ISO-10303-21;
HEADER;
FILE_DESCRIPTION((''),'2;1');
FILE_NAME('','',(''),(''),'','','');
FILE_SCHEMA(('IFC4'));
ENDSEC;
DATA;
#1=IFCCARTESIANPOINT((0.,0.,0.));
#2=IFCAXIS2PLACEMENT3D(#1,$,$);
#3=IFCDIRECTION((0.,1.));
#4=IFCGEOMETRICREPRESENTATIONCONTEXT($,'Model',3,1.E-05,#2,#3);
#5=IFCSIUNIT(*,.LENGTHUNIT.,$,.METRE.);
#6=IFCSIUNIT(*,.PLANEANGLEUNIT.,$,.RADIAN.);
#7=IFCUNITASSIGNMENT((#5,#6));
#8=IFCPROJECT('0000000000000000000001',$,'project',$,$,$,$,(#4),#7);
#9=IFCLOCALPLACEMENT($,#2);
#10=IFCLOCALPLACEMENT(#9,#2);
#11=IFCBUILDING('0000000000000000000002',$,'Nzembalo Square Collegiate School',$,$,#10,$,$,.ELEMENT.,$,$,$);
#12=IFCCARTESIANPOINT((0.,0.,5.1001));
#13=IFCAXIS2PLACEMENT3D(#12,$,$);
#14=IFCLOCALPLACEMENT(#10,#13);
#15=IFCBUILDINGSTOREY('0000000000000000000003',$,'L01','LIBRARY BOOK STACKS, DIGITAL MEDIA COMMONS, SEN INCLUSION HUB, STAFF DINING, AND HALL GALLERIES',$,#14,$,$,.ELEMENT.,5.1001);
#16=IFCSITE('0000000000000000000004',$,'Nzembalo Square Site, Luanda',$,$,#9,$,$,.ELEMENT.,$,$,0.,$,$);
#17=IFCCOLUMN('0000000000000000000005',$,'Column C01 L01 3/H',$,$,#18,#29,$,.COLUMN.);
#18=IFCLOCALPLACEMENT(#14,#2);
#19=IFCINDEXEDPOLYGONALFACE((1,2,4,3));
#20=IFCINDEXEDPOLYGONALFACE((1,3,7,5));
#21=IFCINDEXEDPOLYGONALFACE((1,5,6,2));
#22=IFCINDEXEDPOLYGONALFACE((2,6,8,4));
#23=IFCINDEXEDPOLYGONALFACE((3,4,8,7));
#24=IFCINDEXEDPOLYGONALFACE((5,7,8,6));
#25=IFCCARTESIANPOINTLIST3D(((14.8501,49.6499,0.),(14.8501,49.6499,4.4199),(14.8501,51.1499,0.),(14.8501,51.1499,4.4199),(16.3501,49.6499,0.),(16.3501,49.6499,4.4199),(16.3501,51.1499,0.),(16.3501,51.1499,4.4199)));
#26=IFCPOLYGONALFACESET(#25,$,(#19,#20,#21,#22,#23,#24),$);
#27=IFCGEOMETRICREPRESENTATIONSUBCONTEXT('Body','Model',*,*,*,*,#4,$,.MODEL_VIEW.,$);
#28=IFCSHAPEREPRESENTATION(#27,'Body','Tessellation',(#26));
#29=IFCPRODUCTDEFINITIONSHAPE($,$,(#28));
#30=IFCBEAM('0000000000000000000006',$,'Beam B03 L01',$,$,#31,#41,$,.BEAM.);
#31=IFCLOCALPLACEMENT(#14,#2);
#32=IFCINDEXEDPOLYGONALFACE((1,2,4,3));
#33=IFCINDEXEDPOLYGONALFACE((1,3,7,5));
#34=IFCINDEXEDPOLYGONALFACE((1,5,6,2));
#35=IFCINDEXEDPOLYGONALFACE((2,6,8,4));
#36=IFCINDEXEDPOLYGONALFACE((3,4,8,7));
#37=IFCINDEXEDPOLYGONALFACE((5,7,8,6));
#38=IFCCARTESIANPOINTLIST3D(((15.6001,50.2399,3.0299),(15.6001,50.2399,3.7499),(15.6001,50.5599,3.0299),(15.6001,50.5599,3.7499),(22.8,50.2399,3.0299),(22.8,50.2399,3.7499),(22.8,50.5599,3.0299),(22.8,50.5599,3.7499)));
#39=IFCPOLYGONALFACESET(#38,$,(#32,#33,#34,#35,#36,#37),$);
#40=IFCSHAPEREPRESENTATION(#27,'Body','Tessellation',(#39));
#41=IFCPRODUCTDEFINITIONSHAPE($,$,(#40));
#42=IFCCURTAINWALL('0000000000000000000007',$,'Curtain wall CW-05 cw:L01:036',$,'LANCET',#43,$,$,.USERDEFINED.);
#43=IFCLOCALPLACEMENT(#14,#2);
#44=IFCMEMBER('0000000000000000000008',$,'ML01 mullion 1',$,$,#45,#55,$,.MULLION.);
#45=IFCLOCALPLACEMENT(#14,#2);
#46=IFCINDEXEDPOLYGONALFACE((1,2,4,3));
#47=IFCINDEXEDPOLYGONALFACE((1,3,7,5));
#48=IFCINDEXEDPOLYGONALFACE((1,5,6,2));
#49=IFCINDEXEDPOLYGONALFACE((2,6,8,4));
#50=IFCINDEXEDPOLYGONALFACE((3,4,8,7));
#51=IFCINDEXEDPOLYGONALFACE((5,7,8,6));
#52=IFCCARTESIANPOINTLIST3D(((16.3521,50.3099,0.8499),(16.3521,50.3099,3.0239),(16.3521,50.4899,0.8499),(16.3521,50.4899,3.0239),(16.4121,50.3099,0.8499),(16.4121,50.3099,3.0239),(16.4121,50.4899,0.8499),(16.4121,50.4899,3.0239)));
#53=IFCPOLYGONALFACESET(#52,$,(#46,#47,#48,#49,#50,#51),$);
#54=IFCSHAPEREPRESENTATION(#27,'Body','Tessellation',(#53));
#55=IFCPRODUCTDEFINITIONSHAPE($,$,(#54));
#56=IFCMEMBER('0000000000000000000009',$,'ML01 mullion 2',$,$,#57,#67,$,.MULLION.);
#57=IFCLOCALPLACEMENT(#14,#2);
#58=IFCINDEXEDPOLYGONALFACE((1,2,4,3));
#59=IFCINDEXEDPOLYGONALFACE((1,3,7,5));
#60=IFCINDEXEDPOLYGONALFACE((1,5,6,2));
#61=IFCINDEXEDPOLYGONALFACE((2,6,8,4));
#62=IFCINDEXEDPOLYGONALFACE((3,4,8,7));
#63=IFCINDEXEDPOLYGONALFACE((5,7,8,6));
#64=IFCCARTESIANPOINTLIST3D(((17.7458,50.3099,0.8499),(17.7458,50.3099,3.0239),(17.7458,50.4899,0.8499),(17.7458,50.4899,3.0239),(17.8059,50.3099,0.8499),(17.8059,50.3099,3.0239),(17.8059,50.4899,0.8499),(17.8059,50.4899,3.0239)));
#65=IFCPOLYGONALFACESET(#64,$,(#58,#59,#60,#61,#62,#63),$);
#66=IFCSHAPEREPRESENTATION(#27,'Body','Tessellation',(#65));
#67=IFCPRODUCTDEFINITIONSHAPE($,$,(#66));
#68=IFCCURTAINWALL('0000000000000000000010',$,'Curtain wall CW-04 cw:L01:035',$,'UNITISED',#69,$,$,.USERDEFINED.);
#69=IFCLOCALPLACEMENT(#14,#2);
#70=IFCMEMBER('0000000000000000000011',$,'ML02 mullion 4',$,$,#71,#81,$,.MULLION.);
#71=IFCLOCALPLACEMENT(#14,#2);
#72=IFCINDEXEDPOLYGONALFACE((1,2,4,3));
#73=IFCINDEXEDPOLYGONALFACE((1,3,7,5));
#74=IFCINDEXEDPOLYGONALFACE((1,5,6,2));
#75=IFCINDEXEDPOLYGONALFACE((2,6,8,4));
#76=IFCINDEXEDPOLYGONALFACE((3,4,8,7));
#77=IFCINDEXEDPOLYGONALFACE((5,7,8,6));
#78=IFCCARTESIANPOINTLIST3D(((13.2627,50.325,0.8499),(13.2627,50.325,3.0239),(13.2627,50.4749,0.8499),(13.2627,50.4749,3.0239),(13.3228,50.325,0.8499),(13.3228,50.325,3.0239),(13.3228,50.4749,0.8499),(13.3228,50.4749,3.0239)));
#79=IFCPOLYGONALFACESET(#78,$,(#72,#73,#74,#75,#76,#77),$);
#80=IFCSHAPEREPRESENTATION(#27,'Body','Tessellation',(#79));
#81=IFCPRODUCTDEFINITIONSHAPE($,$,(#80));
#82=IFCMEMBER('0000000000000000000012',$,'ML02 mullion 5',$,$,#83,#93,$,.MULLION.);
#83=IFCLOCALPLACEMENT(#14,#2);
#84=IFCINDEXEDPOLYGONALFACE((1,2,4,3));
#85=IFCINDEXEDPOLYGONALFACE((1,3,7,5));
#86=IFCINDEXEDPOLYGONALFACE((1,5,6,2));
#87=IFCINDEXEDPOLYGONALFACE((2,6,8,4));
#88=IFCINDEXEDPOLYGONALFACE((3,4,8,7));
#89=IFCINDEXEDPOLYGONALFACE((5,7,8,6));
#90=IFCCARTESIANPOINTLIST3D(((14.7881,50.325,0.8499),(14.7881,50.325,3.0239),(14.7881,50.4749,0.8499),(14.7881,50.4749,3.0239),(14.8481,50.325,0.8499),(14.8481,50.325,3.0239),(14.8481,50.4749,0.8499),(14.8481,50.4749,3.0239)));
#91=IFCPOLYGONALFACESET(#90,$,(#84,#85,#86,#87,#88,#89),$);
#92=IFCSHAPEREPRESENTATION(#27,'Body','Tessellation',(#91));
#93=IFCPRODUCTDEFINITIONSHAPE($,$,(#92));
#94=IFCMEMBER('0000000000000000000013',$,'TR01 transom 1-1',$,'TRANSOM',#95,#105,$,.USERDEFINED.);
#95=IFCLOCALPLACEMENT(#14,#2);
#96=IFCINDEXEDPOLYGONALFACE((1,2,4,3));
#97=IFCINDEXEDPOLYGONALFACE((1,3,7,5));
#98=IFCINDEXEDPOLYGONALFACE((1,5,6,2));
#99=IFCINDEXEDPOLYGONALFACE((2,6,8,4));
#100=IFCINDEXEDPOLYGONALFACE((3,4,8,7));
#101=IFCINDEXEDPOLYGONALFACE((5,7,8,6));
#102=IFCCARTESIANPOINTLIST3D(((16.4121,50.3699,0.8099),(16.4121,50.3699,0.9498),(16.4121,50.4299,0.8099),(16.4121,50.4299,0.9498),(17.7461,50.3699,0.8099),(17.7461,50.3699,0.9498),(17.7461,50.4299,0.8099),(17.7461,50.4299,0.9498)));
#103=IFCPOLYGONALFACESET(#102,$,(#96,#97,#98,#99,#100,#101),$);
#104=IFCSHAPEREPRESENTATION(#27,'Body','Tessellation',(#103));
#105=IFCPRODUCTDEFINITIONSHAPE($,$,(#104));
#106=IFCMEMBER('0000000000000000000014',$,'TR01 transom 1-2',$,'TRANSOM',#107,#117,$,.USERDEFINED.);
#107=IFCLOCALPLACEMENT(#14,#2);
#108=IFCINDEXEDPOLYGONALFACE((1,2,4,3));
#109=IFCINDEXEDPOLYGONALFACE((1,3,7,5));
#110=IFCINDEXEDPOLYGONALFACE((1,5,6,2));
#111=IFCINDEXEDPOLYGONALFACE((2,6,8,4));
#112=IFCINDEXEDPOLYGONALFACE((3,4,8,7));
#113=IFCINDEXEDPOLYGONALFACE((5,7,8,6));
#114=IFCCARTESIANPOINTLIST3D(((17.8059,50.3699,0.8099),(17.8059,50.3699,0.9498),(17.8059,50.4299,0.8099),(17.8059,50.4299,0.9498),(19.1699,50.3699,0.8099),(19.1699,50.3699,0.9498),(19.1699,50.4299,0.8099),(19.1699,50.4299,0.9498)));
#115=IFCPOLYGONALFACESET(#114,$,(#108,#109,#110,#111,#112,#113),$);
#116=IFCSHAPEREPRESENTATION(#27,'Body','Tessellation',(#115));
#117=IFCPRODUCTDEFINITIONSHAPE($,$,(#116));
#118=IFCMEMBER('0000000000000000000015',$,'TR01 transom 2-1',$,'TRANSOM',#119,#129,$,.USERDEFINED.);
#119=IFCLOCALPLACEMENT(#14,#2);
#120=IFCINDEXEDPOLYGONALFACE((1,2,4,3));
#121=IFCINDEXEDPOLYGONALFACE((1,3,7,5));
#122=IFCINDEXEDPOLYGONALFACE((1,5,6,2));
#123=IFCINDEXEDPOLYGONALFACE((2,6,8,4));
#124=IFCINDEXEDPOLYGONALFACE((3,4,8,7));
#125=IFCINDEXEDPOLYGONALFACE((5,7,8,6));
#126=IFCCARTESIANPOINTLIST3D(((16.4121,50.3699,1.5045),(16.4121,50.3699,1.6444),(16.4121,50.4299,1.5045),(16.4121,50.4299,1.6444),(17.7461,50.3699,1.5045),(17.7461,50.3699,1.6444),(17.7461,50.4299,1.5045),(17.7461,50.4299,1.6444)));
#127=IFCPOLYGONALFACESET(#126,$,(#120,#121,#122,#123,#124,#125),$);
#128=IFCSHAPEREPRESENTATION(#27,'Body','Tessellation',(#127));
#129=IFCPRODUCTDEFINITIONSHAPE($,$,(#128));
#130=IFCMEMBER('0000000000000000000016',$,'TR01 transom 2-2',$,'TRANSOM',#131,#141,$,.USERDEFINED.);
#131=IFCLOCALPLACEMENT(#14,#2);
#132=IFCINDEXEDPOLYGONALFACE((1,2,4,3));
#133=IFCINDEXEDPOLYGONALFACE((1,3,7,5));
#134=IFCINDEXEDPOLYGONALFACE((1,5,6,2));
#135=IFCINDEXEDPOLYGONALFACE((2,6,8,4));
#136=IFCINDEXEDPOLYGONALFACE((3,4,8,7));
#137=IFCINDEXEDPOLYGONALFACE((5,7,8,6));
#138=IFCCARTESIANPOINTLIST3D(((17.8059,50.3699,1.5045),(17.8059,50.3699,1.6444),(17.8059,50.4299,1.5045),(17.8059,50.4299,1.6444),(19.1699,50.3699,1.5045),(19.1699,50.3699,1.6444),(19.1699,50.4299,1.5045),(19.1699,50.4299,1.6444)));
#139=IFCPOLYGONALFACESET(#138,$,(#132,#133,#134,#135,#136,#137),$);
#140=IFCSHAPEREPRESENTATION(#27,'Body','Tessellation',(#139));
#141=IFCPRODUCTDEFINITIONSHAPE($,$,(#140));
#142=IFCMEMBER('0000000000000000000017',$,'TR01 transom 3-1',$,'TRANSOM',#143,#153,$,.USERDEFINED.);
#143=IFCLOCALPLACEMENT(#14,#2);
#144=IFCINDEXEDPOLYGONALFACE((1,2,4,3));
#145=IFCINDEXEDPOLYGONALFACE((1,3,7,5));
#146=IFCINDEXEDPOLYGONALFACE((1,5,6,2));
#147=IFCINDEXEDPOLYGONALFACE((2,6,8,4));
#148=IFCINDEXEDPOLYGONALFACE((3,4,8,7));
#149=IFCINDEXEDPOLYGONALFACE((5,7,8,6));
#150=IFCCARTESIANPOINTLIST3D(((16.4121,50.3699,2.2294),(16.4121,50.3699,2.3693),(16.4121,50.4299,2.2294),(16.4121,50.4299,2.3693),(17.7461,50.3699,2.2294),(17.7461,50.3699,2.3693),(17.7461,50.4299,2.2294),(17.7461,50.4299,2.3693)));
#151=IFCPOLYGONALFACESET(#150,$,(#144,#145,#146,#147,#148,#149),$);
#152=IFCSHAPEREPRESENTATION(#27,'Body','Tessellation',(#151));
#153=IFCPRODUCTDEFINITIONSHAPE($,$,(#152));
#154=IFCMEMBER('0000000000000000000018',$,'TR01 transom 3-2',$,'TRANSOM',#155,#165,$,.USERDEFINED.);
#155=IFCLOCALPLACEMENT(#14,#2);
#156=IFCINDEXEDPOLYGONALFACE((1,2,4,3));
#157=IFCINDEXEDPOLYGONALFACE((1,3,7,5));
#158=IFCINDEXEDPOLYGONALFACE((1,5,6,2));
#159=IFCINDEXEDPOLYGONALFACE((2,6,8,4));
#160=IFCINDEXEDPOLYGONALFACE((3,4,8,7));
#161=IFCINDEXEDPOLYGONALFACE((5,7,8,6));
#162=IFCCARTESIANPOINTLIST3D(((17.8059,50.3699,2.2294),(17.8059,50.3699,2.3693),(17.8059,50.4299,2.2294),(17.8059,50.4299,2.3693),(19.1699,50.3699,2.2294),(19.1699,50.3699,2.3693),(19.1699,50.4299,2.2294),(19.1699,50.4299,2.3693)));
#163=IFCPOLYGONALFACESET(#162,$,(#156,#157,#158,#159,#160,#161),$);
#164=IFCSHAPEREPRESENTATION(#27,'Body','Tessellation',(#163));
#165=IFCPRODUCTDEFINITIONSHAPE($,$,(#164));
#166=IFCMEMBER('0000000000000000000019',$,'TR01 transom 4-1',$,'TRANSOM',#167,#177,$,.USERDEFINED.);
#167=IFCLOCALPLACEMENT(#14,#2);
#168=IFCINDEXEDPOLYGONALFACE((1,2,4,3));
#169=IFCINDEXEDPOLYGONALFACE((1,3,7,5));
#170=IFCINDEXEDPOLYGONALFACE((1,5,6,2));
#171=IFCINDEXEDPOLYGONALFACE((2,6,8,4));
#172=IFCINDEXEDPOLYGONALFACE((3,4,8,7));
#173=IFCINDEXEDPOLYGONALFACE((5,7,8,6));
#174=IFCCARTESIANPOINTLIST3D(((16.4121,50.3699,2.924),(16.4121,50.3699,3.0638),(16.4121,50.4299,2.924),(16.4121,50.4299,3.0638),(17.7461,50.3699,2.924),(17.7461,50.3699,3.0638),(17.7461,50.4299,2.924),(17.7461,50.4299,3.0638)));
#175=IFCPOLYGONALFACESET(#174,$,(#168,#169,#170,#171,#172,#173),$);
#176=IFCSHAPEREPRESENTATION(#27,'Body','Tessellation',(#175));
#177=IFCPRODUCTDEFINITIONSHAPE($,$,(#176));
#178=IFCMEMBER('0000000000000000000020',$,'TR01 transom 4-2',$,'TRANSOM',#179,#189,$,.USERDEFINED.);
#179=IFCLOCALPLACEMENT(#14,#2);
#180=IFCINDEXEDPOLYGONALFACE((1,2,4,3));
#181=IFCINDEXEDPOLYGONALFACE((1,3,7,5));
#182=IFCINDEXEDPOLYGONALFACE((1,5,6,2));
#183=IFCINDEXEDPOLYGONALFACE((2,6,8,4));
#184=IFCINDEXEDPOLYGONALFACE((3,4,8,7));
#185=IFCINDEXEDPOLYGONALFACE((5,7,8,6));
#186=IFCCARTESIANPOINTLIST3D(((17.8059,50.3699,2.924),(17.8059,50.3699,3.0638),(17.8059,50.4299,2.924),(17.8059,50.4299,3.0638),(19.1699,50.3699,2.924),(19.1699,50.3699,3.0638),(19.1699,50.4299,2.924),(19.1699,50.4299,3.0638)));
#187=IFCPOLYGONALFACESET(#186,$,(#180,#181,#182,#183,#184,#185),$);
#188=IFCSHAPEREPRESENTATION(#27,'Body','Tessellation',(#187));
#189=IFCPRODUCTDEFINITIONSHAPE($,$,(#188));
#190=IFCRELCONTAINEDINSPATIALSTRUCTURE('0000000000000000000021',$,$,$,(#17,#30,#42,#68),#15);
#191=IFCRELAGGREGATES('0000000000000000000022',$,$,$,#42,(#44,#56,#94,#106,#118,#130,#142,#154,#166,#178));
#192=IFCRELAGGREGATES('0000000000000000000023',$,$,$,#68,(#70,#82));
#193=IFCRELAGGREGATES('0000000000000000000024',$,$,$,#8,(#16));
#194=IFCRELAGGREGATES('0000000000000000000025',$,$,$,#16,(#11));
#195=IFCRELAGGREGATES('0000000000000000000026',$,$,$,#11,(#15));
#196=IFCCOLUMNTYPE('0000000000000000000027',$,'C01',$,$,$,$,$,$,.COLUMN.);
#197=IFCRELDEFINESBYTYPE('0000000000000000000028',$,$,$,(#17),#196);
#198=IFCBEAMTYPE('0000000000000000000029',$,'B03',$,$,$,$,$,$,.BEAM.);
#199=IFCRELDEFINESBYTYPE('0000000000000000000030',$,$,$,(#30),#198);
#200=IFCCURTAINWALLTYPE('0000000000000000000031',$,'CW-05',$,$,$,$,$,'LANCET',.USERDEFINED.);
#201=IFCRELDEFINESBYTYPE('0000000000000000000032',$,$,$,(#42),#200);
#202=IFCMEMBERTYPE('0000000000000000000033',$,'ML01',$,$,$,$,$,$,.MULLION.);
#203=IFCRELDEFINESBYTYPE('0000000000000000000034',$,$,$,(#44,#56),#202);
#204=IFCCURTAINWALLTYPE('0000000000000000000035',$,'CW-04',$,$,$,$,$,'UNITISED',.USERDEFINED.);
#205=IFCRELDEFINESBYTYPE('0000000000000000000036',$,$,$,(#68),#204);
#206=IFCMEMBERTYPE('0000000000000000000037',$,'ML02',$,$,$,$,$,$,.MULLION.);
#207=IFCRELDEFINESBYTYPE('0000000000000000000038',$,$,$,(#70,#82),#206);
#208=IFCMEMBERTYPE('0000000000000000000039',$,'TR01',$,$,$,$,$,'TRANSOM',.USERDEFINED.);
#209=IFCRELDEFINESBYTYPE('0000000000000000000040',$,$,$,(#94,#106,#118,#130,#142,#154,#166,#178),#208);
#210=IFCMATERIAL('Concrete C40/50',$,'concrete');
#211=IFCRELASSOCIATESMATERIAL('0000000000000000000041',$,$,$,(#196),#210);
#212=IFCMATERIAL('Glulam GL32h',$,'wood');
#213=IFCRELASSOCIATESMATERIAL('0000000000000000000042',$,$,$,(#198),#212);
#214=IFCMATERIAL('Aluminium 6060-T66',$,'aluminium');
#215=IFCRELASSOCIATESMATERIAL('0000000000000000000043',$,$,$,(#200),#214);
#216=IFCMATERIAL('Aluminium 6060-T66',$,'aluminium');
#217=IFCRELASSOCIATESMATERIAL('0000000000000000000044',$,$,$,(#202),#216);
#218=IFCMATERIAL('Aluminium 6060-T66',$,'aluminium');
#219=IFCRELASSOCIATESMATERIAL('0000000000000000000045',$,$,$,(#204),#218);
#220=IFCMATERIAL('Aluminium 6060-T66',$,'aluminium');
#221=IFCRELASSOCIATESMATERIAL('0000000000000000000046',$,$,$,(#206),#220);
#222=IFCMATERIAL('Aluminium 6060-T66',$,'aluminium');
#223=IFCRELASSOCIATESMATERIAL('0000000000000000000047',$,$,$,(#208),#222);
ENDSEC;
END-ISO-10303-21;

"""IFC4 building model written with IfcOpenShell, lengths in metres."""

from ifc_helpers import new_model, si_unit, direction, frame, origin, origin_2d, place, context, subcontext, project, spatial, rectangle, extrude, material, material_profile, profile_set, type_object, element, aggregate, save


model = new_model("IFC4")

# Units and contexts
model_context = context("Model", 3, precision=1e-05, world=origin(), true_north=direction((0.0, 1.0)))
body_context = subcontext(model_context, "Body", "Model", "MODEL_VIEW")
ifc_project = project(units=[si_unit("LENGTHUNIT", "METRE"), si_unit("PLANEANGLEUNIT", "RADIAN")], contexts=[model_context])

# Site, building, storey
site_placement = place(None, origin())
site = spatial("IfcSite", under=ifc_project, at=site_placement, Name="Nzembalo Square Site, Luanda", CompositionType="ELEMENT", RefElevation=0.0)
building_placement = place(site_placement, origin())
building = spatial("IfcBuilding", under=site, at=building_placement, Name="Nzembalo Square Collegiate School", CompositionType="ELEMENT")
storey_placement = place(building_placement, frame((0.0, 0.0, 5.1001)))
storey = spatial("IfcBuildingStorey", under=building, at=storey_placement, Name="L01", Description="LIBRARY BOOK STACKS, DIGITAL MEDIA COMMONS, SEN INCLUSION HUB, STAFF DINING, AND HALL GALLERIES", CompositionType="ELEMENT", Elevation=5.1001)

# Column
ifc_material_1 = material(Name="Concrete C40/50", Category="concrete")
ifc_material_profile_1 = material_profile(ifc_material_1, rectangle(XDim=1.5, YDim=1.5, at=origin_2d()), Name="RC 1500x1500")
ifc_profile_set_1 = profile_set([ifc_material_profile_1], Name="Concrete C40/50")
column_type = type_object("IfcColumnType", Name="C01", PredefinedType="COLUMN", material=ifc_profile_set_1)
column_placement = place(storey_placement, frame((15.6001, 50.3999, 0.0), z_axis=(0.0, 0.0, 1.0), x_axis=(1.0, 0.0, 0.0)))
element("IfcColumn", 1, at=column_placement, inside=storey, type_object=column_type, Name="Column C01 L01 3/H", PredefinedType="COLUMN", context=body_context, shape_type="SweptSolid", body=[
    extrude(rectangle(XDim=1.5, YDim=1.5, at=origin_2d()), origin(), (0.0, 0.0, 1.0), 4.4199),
])

# Beam
ifc_material_2 = material(Name="Glulam GL32h", Category="wood")
ifc_material_profile_2 = material_profile(ifc_material_2, rectangle(XDim=0.3201, YDim=0.72, at=origin_2d()), Name="GL32h 320x720")
ifc_profile_set_2 = profile_set([ifc_material_profile_2], Name="Glulam GL32h")
beam_type = type_object("IfcBeamType", Name="B03", PredefinedType="BEAM", material=ifc_profile_set_2)
beam_placement = place(storey_placement, frame((15.6001, 50.3999, 3.3899), z_axis=(1.0, 0.0, 0.0), x_axis=(0.0, 1.0, 0.0)))
element("IfcBeam", 2, at=beam_placement, inside=storey, type_object=beam_type, Name="Beam B03 L01", PredefinedType="BEAM", context=body_context, shape_type="SweptSolid", body=[
    extrude(rectangle(XDim=0.3201, YDim=0.72, at=origin_2d()), origin(), (0.0, 0.0, 1.0), 7.2),
])

# Curtain walls, members
ifc_material_3 = material(Name="Aluminium 6060-T66", Category="aluminium")
curtain_wall_type_1 = type_object("IfcCurtainWallType", Name="CW-05", ElementType="LANCET", PredefinedType="USERDEFINED", material=ifc_material_3)
curtain_wall_1_placement = place(storey_placement, origin())
curtain_wall_1 = element("IfcCurtainWall", 3, at=curtain_wall_1_placement, inside=storey, type_object=curtain_wall_type_1, Name="Curtain wall CW-05 cw:L01:036", ObjectType="LANCET", PredefinedType="USERDEFINED")
ifc_material_4 = material(Name="Aluminium 6060-T66", Category="aluminium")
ifc_material_profile_3 = material_profile(ifc_material_4, rectangle(XDim=0.0601, YDim=0.1799, at=origin_2d()), Name="ALU M60x180")
ifc_profile_set_3 = profile_set([ifc_material_profile_3], Name="Aluminium 6060-T66")
member_type_1 = type_object("IfcMemberType", Name="ML01", PredefinedType="MULLION", material=ifc_profile_set_3)
member_1_placement = place(storey_placement, frame((16.3821, 50.3999, 0.8499), z_axis=(0.0, 0.0, 1.0), x_axis=(1.0, 0.0, 0.0)))
member_1 = element("IfcMember", 4, at=member_1_placement, type_object=member_type_1, Name="ML01 mullion 1", PredefinedType="MULLION", context=body_context, shape_type="SweptSolid", body=[
    extrude(rectangle(XDim=0.0601, YDim=0.1799, at=origin_2d()), origin(), (0.0, 0.0, 1.0), 2.1741),
])
member_2_placement = place(storey_placement, frame((17.7759, 50.3999, 0.8499), z_axis=(0.0, 0.0, 1.0), x_axis=(1.0, 0.0, 0.0)))
member_2 = element("IfcMember", 5, at=member_2_placement, type_object=member_type_1, Name="ML01 mullion 2", PredefinedType="MULLION", context=body_context, shape_type="SweptSolid", body=[
    extrude(rectangle(XDim=0.0601, YDim=0.1799, at=origin_2d()), origin(), (0.0, 0.0, 1.0), 2.1741),
])
ifc_material_5 = material(Name="Aluminium 6060-T66", Category="aluminium")
curtain_wall_type_2 = type_object("IfcCurtainWallType", Name="CW-04", ElementType="UNITISED", PredefinedType="USERDEFINED", material=ifc_material_5)
curtain_wall_2_placement = place(storey_placement, origin())
curtain_wall_2 = element("IfcCurtainWall", 6, at=curtain_wall_2_placement, inside=storey, type_object=curtain_wall_type_2, Name="Curtain wall CW-04 cw:L01:035", ObjectType="UNITISED", PredefinedType="USERDEFINED")
ifc_material_6 = material(Name="Aluminium 6060-T66", Category="aluminium")
ifc_material_profile_4 = material_profile(ifc_material_6, rectangle(XDim=0.0601, YDim=0.1499, at=origin_2d()), Name="ALU M60x150")
ifc_profile_set_4 = profile_set([ifc_material_profile_4], Name="Aluminium 6060-T66")
member_type_2 = type_object("IfcMemberType", Name="ML02", PredefinedType="MULLION", material=ifc_profile_set_4)
member_3_placement = place(storey_placement, frame((13.2927, 50.3999, 0.8499), z_axis=(0.0, 0.0, 1.0), x_axis=(1.0, 0.0, 0.0)))
member_3 = element("IfcMember", 7, at=member_3_placement, type_object=member_type_2, Name="ML02 mullion 4", PredefinedType="MULLION", context=body_context, shape_type="SweptSolid", body=[
    extrude(rectangle(XDim=0.0601, YDim=0.1499, at=origin_2d()), origin(), (0.0, 0.0, 1.0), 2.1741),
])
member_4_placement = place(storey_placement, frame((14.8181, 50.3999, 0.8499), z_axis=(0.0, 0.0, 1.0), x_axis=(1.0, 0.0, 0.0)))
member_4 = element("IfcMember", 8, at=member_4_placement, type_object=member_type_2, Name="ML02 mullion 5", PredefinedType="MULLION", context=body_context, shape_type="SweptSolid", body=[
    extrude(rectangle(XDim=0.0601, YDim=0.1499, at=origin_2d()), origin(), (0.0, 0.0, 1.0), 2.1741),
])

# Members
ifc_material_7 = material(Name="Aluminium 6060-T66", Category="aluminium")
ifc_material_profile_5 = material_profile(ifc_material_7, rectangle(XDim=0.0601, YDim=0.1399, at=origin_2d()), Name="ALU T60x140")
ifc_profile_set_5 = profile_set([ifc_material_profile_5], Name="Aluminium 6060-T66")
member_type_3 = type_object("IfcMemberType", Name="TR01", ElementType="TRANSOM", PredefinedType="USERDEFINED", material=ifc_profile_set_5)
member_5_placement = place(storey_placement, frame((16.4121, 50.3999, 0.8799), z_axis=(1.0, 0.0, 0.0), x_axis=(0.0, 1.0, 0.0)))
member_5 = element("IfcMember", 9, at=member_5_placement, type_object=member_type_3, Name="TR01 transom 1-1", ObjectType="TRANSOM", PredefinedType="USERDEFINED", context=body_context, shape_type="SweptSolid", body=[
    extrude(rectangle(XDim=0.0601, YDim=0.1399, at=origin_2d()), origin(), (0.0, 0.0, 1.0), 1.334),
])
member_6_placement = place(storey_placement, frame((17.8059, 50.3999, 0.8799), z_axis=(1.0, 0.0, 0.0), x_axis=(0.0, 1.0, 0.0)))
member_6 = element("IfcMember", 10, at=member_6_placement, type_object=member_type_3, Name="TR01 transom 1-2", ObjectType="TRANSOM", PredefinedType="USERDEFINED", context=body_context, shape_type="SweptSolid", body=[
    extrude(rectangle(XDim=0.0601, YDim=0.1399, at=origin_2d()), origin(), (0.0, 0.0, 1.0), 1.364),
])
member_7_placement = place(storey_placement, frame((16.4121, 50.3999, 1.5745), z_axis=(1.0, 0.0, 0.0), x_axis=(0.0, 1.0, 0.0)))
member_7 = element("IfcMember", 11, at=member_7_placement, type_object=member_type_3, Name="TR01 transom 2-1", ObjectType="TRANSOM", PredefinedType="USERDEFINED", context=body_context, shape_type="SweptSolid", body=[
    extrude(rectangle(XDim=0.0601, YDim=0.1399, at=origin_2d()), origin(), (0.0, 0.0, 1.0), 1.334),
])
member_8_placement = place(storey_placement, frame((17.8059, 50.3999, 1.5745), z_axis=(1.0, 0.0, 0.0), x_axis=(0.0, 1.0, 0.0)))
member_8 = element("IfcMember", 12, at=member_8_placement, type_object=member_type_3, Name="TR01 transom 2-2", ObjectType="TRANSOM", PredefinedType="USERDEFINED", context=body_context, shape_type="SweptSolid", body=[
    extrude(rectangle(XDim=0.0601, YDim=0.1399, at=origin_2d()), origin(), (0.0, 0.0, 1.0), 1.364),
])
member_9_placement = place(storey_placement, frame((16.4121, 50.3999, 2.2993), z_axis=(1.0, 0.0, 0.0), x_axis=(0.0, 1.0, 0.0)))
member_9 = element("IfcMember", 13, at=member_9_placement, type_object=member_type_3, Name="TR01 transom 3-1", ObjectType="TRANSOM", PredefinedType="USERDEFINED", context=body_context, shape_type="SweptSolid", body=[
    extrude(rectangle(XDim=0.0601, YDim=0.1399, at=origin_2d()), origin(), (0.0, 0.0, 1.0), 1.334),
])
member_10_placement = place(storey_placement, frame((17.8059, 50.3999, 2.2993), z_axis=(1.0, 0.0, 0.0), x_axis=(0.0, 1.0, 0.0)))
member_10 = element("IfcMember", 14, at=member_10_placement, type_object=member_type_3, Name="TR01 transom 3-2", ObjectType="TRANSOM", PredefinedType="USERDEFINED", context=body_context, shape_type="SweptSolid", body=[
    extrude(rectangle(XDim=0.0601, YDim=0.1399, at=origin_2d()), origin(), (0.0, 0.0, 1.0), 1.364),
])
member_11_placement = place(storey_placement, frame((16.4121, 50.3999, 2.9939), z_axis=(1.0, 0.0, 0.0), x_axis=(0.0, 1.0, 0.0)))
member_11 = element("IfcMember", 15, at=member_11_placement, type_object=member_type_3, Name="TR01 transom 4-1", ObjectType="TRANSOM", PredefinedType="USERDEFINED", context=body_context, shape_type="SweptSolid", body=[
    extrude(rectangle(XDim=0.0601, YDim=0.1399, at=origin_2d()), origin(), (0.0, 0.0, 1.0), 1.334),
])
member_12_placement = place(storey_placement, frame((17.8059, 50.3999, 2.9939), z_axis=(1.0, 0.0, 0.0), x_axis=(0.0, 1.0, 0.0)))
member_12 = element("IfcMember", 16, at=member_12_placement, type_object=member_type_3, Name="TR01 transom 4-2", ObjectType="TRANSOM", PredefinedType="USERDEFINED", context=body_context, shape_type="SweptSolid", body=[
    extrude(rectangle(XDim=0.0601, YDim=0.1399, at=origin_2d()), origin(), (0.0, 0.0, 1.0), 1.364),
])

aggregate(curtain_wall_1, [member_1, member_2, member_5, member_6, member_7, member_8, member_9, member_10, member_11, member_12])
aggregate(curtain_wall_2, [member_3, member_4])

save(model, "model.ifc")
